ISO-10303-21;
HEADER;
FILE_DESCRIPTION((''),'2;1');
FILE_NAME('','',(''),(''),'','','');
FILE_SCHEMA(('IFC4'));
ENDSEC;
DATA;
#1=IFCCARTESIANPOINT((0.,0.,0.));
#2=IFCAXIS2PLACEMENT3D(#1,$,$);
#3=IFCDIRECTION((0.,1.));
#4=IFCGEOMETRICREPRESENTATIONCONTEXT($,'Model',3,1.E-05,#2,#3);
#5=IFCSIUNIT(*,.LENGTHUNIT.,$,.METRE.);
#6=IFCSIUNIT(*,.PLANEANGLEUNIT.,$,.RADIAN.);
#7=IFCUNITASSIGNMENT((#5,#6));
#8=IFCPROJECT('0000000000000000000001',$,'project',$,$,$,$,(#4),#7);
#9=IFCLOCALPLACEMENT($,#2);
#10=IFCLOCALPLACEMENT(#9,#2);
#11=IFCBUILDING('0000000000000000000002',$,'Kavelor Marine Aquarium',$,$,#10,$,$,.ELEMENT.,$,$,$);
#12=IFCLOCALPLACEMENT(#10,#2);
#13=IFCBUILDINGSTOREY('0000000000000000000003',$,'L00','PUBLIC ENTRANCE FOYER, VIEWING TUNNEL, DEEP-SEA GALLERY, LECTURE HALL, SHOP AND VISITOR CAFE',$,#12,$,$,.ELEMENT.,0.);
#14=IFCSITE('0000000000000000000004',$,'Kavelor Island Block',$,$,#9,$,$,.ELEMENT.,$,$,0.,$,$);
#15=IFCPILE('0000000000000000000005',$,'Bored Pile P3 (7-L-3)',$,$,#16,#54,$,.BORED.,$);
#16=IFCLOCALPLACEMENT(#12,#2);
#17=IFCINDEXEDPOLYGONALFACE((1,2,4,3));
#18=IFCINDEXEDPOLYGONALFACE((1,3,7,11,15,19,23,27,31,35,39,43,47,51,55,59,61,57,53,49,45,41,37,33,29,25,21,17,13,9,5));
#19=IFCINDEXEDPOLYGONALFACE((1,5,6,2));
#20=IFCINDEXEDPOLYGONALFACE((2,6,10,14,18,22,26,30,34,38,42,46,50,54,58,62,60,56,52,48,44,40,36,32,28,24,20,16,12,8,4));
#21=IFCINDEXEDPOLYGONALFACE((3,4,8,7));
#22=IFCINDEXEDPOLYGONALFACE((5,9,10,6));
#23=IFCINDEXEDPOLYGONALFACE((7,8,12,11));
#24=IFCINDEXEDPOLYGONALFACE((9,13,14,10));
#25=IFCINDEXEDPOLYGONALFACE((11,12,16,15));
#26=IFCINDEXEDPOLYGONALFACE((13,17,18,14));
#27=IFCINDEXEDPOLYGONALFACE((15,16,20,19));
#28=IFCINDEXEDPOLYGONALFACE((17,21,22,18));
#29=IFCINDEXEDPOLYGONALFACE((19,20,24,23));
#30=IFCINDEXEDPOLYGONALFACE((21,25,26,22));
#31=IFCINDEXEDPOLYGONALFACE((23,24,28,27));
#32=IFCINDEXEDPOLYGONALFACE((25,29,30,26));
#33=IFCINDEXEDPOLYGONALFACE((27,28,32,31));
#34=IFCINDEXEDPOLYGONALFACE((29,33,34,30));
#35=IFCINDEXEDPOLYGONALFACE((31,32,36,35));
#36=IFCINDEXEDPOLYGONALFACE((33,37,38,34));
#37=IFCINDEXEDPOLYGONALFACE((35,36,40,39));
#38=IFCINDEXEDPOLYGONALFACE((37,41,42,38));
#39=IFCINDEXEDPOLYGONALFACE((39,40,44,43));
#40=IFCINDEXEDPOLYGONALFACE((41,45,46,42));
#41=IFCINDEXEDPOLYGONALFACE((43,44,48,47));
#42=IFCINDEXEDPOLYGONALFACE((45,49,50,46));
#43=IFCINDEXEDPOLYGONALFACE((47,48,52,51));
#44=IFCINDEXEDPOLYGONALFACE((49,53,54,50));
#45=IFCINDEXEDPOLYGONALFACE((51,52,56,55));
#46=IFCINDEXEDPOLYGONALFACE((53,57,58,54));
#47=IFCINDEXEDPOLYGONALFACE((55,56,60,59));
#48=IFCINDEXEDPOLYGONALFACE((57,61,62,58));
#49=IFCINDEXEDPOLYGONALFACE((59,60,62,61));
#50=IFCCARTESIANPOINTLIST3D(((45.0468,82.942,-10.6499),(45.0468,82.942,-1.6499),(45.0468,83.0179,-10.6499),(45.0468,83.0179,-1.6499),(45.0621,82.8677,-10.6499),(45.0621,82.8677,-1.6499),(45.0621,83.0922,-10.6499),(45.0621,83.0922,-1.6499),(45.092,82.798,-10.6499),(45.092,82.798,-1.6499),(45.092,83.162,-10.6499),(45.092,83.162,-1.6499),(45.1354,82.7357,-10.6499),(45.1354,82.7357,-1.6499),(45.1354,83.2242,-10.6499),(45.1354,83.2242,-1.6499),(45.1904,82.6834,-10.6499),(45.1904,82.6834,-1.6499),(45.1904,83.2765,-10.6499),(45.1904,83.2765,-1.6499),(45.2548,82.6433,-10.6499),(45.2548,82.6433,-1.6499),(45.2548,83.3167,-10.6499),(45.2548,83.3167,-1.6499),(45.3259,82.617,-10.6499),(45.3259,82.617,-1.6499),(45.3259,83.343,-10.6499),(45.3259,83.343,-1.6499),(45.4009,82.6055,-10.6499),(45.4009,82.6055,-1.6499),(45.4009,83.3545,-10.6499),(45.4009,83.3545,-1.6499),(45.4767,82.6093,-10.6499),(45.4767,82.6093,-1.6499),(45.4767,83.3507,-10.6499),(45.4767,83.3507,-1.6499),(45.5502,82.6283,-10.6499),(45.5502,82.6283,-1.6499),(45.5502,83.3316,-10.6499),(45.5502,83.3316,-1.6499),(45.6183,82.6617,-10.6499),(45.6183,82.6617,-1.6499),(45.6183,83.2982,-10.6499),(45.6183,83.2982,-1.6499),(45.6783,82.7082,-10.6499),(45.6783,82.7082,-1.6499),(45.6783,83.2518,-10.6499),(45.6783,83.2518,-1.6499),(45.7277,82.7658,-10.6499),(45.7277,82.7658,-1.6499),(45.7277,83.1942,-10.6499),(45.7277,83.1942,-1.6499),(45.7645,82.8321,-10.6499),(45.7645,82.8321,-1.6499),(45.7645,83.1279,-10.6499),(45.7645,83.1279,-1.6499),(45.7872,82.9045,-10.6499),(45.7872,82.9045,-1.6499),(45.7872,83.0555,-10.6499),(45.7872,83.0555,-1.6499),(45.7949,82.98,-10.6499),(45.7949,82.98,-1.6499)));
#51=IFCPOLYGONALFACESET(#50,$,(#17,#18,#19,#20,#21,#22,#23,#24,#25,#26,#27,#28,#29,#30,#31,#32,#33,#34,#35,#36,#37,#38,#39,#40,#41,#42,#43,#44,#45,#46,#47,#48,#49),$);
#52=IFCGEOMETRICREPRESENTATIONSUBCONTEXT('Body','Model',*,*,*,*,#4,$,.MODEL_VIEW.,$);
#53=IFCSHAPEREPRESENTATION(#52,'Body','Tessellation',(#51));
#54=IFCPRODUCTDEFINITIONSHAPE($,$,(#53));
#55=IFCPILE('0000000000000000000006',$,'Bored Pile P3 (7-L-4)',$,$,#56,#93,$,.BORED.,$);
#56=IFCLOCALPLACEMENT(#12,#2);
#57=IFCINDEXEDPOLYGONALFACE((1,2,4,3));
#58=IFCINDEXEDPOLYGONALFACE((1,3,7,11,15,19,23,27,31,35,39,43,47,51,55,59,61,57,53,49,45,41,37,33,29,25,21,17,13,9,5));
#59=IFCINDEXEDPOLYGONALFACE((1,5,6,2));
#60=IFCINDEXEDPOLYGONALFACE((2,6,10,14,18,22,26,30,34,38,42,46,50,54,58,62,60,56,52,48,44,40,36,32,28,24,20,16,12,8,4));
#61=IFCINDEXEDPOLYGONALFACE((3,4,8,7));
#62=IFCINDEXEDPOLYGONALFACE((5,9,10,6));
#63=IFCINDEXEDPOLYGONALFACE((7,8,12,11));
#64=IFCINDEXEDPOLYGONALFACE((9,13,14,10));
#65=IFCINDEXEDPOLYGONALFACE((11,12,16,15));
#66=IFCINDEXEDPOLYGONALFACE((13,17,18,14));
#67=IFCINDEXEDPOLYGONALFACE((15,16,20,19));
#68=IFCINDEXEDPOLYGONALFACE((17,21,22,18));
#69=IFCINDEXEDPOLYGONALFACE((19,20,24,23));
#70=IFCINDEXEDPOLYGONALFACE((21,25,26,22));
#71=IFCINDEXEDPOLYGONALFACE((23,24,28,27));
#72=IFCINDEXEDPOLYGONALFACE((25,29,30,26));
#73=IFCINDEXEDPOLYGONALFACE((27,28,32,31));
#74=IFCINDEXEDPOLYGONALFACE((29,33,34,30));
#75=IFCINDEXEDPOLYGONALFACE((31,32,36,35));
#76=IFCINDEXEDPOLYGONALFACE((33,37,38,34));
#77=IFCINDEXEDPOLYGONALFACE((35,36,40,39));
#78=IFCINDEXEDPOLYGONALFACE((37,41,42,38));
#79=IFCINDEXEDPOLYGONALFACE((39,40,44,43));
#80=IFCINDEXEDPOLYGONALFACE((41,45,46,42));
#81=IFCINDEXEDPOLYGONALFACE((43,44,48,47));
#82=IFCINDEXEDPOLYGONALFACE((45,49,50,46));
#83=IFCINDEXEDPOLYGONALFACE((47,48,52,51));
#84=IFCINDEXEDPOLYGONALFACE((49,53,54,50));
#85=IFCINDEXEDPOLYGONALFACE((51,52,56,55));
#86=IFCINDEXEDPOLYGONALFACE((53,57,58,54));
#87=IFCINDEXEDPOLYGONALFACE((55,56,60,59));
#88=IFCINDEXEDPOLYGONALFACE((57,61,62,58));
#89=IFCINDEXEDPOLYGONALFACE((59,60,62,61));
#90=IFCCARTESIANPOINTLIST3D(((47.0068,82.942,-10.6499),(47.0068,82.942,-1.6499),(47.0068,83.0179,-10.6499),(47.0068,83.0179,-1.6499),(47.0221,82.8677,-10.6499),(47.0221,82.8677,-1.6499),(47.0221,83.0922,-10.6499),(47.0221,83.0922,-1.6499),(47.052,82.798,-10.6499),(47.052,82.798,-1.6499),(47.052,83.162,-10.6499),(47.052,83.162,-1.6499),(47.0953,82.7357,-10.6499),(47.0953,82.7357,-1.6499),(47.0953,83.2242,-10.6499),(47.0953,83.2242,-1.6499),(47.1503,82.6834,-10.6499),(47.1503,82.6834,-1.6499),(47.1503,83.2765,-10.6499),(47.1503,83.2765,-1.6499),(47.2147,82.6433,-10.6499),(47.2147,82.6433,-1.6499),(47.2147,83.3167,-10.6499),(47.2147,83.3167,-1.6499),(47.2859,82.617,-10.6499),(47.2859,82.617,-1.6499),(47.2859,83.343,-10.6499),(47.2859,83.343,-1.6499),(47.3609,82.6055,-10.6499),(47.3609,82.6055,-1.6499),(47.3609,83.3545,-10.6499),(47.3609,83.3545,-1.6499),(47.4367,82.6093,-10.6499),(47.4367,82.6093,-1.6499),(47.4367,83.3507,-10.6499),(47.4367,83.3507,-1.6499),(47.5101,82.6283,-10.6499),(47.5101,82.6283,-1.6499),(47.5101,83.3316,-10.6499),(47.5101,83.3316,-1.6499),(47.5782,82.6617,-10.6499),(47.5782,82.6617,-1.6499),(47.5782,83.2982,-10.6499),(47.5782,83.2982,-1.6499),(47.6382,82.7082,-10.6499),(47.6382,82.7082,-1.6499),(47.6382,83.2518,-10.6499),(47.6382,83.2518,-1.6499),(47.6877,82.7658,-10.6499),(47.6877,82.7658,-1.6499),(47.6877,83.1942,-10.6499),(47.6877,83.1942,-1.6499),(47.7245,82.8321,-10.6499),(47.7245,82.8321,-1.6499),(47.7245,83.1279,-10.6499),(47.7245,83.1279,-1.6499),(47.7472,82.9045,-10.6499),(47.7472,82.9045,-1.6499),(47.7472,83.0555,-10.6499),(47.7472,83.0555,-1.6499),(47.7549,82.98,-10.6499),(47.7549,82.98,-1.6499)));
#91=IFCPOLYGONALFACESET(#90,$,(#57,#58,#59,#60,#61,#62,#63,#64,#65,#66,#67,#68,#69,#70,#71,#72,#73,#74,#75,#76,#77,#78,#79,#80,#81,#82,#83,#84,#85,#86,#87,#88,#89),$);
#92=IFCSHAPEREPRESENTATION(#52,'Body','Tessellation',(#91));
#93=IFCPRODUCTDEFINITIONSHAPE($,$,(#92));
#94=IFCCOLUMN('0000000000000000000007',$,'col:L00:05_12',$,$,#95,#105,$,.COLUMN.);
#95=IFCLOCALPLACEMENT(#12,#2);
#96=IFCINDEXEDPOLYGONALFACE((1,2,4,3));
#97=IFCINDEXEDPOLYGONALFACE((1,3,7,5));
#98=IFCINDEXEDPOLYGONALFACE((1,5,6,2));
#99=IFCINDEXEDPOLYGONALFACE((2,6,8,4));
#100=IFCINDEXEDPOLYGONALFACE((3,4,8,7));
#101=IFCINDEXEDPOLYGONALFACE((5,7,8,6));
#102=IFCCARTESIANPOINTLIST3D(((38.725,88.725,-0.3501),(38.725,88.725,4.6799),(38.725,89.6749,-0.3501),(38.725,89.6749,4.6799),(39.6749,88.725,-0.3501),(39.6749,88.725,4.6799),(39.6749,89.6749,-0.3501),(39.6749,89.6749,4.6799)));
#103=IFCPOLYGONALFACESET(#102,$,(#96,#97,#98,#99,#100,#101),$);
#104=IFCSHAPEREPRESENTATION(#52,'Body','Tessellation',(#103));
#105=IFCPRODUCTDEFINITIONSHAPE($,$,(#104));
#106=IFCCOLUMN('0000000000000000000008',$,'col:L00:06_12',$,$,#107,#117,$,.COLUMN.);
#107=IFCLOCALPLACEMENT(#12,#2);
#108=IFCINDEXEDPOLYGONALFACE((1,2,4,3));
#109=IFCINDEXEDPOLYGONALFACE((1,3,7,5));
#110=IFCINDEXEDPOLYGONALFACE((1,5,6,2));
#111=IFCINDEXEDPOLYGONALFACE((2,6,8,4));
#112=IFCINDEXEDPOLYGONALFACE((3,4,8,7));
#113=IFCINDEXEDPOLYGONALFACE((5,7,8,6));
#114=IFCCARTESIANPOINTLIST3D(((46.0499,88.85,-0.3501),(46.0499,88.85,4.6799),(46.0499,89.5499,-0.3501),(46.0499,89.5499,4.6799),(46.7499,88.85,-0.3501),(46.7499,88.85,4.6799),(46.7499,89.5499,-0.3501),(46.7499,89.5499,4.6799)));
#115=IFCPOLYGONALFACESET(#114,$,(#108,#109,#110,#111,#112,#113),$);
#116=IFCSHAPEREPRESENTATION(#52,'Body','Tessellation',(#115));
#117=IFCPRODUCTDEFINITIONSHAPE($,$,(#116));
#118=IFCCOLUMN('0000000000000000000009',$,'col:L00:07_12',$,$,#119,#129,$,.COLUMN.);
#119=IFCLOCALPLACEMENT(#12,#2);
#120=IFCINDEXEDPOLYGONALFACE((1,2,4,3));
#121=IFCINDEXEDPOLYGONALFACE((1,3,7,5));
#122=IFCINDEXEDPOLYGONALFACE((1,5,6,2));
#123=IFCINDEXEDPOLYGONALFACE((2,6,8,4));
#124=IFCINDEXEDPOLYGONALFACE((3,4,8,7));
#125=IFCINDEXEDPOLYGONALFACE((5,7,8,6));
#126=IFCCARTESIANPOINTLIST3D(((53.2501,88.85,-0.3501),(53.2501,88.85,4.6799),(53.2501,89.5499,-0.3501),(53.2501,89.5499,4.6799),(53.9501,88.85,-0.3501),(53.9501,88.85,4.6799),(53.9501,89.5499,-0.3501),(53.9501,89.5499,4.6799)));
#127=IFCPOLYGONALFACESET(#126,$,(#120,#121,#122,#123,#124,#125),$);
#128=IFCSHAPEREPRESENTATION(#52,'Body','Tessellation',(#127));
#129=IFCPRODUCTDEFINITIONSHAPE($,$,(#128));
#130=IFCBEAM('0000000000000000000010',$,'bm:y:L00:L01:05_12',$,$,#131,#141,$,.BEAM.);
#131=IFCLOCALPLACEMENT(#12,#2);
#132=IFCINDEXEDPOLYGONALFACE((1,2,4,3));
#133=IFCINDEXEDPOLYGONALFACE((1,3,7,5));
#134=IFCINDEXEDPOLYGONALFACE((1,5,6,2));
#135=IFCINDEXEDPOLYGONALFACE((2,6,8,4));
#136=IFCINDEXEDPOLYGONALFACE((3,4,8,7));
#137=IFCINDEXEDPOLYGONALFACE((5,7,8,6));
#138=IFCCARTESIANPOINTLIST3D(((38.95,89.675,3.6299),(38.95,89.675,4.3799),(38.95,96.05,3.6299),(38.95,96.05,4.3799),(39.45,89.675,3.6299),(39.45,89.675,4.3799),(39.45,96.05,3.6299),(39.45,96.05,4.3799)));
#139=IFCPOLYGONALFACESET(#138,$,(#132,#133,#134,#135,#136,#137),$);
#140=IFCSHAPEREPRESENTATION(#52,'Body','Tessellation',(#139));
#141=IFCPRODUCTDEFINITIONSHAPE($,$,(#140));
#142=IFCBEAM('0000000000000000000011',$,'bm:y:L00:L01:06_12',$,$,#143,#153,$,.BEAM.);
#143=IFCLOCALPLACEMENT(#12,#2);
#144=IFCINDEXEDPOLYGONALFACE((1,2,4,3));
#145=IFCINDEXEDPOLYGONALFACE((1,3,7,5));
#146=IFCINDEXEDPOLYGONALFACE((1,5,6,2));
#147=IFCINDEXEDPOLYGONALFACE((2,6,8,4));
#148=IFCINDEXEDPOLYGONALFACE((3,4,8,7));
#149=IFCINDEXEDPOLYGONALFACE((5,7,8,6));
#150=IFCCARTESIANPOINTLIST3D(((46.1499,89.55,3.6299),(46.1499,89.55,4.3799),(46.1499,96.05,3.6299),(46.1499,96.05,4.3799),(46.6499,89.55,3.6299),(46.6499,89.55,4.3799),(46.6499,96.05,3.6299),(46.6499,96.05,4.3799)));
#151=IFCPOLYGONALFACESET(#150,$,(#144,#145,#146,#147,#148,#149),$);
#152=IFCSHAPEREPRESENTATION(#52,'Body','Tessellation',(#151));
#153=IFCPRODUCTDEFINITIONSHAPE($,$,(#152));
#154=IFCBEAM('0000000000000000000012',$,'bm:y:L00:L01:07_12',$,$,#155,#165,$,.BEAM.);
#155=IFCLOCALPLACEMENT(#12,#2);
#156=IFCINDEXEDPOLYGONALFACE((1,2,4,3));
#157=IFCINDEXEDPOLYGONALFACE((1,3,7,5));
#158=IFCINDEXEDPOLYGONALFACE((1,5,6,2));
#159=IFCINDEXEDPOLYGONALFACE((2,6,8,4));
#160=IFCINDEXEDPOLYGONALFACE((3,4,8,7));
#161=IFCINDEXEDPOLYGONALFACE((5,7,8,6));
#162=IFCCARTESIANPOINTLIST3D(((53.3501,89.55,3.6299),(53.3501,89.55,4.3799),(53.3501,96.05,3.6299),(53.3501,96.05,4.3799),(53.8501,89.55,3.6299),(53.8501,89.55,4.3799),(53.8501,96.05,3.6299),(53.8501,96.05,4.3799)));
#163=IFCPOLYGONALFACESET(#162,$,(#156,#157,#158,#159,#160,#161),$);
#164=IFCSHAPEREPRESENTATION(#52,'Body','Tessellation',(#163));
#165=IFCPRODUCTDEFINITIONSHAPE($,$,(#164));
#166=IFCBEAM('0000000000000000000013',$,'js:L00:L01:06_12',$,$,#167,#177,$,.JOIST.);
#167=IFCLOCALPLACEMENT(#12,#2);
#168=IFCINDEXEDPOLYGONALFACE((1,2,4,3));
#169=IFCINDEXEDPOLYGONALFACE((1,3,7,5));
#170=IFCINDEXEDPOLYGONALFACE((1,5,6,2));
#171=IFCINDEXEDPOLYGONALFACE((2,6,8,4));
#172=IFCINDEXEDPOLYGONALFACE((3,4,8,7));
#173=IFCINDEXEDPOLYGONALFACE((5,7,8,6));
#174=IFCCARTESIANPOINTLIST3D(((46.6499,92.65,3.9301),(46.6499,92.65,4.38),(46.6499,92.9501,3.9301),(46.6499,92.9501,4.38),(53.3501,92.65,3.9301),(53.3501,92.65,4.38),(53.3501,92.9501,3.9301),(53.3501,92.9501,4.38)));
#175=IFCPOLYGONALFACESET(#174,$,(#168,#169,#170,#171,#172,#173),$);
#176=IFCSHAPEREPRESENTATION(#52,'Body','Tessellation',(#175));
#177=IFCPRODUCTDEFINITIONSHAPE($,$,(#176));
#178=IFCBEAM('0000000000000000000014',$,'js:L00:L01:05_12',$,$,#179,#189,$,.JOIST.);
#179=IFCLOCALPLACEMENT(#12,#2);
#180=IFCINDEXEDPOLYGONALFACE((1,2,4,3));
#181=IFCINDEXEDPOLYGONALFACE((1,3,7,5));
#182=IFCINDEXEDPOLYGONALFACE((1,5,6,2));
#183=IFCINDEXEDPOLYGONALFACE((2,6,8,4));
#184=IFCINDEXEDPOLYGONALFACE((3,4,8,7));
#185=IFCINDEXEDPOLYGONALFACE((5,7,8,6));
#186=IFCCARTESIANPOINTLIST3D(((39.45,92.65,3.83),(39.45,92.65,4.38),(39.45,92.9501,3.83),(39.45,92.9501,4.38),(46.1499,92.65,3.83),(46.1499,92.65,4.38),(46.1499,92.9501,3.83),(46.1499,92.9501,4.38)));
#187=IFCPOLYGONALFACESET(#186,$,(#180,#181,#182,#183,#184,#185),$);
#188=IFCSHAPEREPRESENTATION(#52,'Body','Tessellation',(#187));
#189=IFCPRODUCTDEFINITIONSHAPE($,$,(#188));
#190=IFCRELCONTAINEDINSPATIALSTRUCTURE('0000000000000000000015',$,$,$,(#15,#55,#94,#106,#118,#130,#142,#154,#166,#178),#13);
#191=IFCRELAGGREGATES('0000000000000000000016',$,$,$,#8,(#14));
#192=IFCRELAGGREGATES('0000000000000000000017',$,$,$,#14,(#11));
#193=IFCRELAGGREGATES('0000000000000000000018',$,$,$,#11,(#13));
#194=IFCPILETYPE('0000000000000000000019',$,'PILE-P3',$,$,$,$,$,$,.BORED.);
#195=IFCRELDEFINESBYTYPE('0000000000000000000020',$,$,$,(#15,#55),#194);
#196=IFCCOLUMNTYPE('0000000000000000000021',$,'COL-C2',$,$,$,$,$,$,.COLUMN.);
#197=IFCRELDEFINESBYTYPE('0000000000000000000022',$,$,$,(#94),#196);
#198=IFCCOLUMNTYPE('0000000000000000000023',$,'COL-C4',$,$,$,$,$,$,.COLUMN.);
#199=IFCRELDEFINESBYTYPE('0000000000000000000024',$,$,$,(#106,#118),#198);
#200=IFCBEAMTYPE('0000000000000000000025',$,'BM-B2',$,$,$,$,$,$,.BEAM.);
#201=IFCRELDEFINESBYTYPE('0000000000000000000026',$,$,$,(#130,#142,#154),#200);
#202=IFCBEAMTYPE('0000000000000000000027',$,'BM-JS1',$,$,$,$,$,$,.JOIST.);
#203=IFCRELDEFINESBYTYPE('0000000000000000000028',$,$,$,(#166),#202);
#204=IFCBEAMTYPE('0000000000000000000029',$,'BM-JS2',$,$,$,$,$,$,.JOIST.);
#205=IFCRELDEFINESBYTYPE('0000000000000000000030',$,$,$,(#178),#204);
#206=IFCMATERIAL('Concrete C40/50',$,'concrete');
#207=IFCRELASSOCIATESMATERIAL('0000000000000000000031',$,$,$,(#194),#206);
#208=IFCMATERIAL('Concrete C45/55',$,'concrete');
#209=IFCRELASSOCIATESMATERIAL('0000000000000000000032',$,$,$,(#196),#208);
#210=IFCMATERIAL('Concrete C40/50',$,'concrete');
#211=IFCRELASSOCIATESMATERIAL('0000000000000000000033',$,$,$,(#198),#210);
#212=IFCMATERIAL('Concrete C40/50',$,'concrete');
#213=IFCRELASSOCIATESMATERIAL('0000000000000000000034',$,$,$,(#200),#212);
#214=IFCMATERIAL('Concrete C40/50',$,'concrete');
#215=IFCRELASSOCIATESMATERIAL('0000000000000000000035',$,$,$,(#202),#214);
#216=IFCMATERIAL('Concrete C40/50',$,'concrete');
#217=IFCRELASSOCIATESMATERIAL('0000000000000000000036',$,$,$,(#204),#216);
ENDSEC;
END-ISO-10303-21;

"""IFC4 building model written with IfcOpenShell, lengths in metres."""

from ifc_helpers import new_model, si_unit, direction, frame, origin, origin_2d, place, context, subcontext, project, spatial, rectangle, circle, extrude, material, material_profile, profile_set, type_object, element, save


model = new_model("IFC4")

# Units and contexts
model_context = context("Model", 3, precision=1e-05, world=origin(), true_north=direction((0.0, 1.0)))
body_context = subcontext(model_context, "Body", "Model", "MODEL_VIEW")
ifc_project = project(units=[si_unit("LENGTHUNIT", "METRE"), si_unit("PLANEANGLEUNIT", "RADIAN")], contexts=[model_context])

# Site, building, storey
site_placement = place(None, origin())
site = spatial("IfcSite", under=ifc_project, at=site_placement, Name="Kavelor Island Block", CompositionType="ELEMENT", RefElevation=0.0)
building_placement = place(site_placement, origin())
building = spatial("IfcBuilding", under=site, at=building_placement, Name="Kavelor Marine Aquarium", CompositionType="ELEMENT")
storey_placement = place(building_placement, origin())
storey = spatial("IfcBuildingStorey", under=building, at=storey_placement, Name="L00", Description="PUBLIC ENTRANCE FOYER, VIEWING TUNNEL, DEEP-SEA GALLERY, LECTURE HALL, SHOP AND VISITOR CAFE", CompositionType="ELEMENT", Elevation=0.0)

# Piles
ifc_material_1 = material(Name="Concrete C40/50", Category="concrete")
ifc_material_profile_1 = material_profile(ifc_material_1, circle(Radius=0.375, at=origin_2d()), Name="PILE D750")
ifc_profile_set_1 = profile_set([ifc_material_profile_1], Name="Concrete C40/50")
pile_type_1 = type_object("IfcPileType", Name="PILE-P3", PredefinedType="BORED", material=ifc_profile_set_1)
for number, where, z_axis, x_axis, name in (
    (1, (45.4199, 82.98, -1.6499), (0.0, 0.0, -1.0), (1.0, 0.0, 0.0), "Bored Pile P3 (7-L-3)"),
    (2, (47.3799, 82.98, -1.6499), (0.0, 0.0, -1.0), (1.0, 0.0, 0.0), "Bored Pile P3 (7-L-4)"),
):
    element("IfcPile", number, at=place(storey_placement, frame(where, z_axis=z_axis, x_axis=x_axis)), inside=storey, type_object=pile_type_1, Name=name, PredefinedType="BORED", context=body_context, shape_type="SweptSolid", body=[
        extrude(circle(Radius=0.375, at=origin_2d()), origin(), (0.0, 0.0, 1.0), 9.0),
    ])

# Columns
ifc_material_2 = material(Name="Concrete C45/55", Category="concrete")
ifc_material_profile_2 = material_profile(ifc_material_2, rectangle(XDim=0.95, YDim=0.95, at=origin_2d()), Name="RC-COL 950x950")
ifc_profile_set_2 = profile_set([ifc_material_profile_2], Name="Concrete C45/55")
column_type_1 = type_object("IfcColumnType", Name="COL-C2", PredefinedType="COLUMN", material=ifc_profile_set_2)
column_placement = place(storey_placement, frame((39.2, 89.2, -0.3501), z_axis=(0.0, 0.0, 1.0), x_axis=(1.0, 0.0, 0.0)))
element("IfcColumn", 3, at=column_placement, inside=storey, type_object=column_type_1, Name="col:L00:05_12", PredefinedType="COLUMN", context=body_context, shape_type="SweptSolid", body=[
    extrude(rectangle(XDim=0.95, YDim=0.95, at=origin_2d()), origin(), (0.0, 0.0, 1.0), 5.03),
])
ifc_material_3 = material(Name="Concrete C40/50", Category="concrete")
ifc_material_profile_3 = material_profile(ifc_material_3, rectangle(XDim=0.7, YDim=0.7, at=origin_2d()), Name="RC-COL 700x700")
ifc_profile_set_3 = profile_set([ifc_material_profile_3], Name="Concrete C40/50")
column_type_2 = type_object("IfcColumnType", Name="COL-C4", PredefinedType="COLUMN", material=ifc_profile_set_3)
for number, where, z_axis, x_axis, name in (
    (4, (46.3999, 89.2, -0.3501), (0.0, 0.0, 1.0), (1.0, 0.0, 0.0), "col:L00:06_12"),
    (5, (53.6001, 89.2, -0.3501), (0.0, 0.0, 1.0), (1.0, 0.0, 0.0), "col:L00:07_12"),
):
    element("IfcColumn", number, at=place(storey_placement, frame(where, z_axis=z_axis, x_axis=x_axis)), inside=storey, type_object=column_type_2, Name=name, PredefinedType="COLUMN", context=body_context, shape_type="SweptSolid", body=[
        extrude(rectangle(XDim=0.7, YDim=0.7, at=origin_2d()), origin(), (0.0, 0.0, 1.0), 5.03),
    ])

# Beams
ifc_material_4 = material(Name="Concrete C40/50", Category="concrete")
ifc_material_profile_4 = material_profile(ifc_material_4, rectangle(XDim=0.5, YDim=0.75, at=origin_2d()), Name="RC-BM 500x750")
ifc_profile_set_4 = profile_set([ifc_material_profile_4], Name="Concrete C40/50")
beam_type_1 = type_object("IfcBeamType", Name="BM-B2", PredefinedType="BEAM", material=ifc_profile_set_4)
beam_1_placement = place(storey_placement, frame((39.2, 89.675, 4.0049), z_axis=(0.0, 1.0, 0.0), x_axis=(-1.0, 0.0, 0.0)))
element("IfcBeam", 6, at=beam_1_placement, inside=storey, type_object=beam_type_1, Name="bm:y:L00:L01:05_12", PredefinedType="BEAM", context=body_context, shape_type="SweptSolid", body=[
    extrude(rectangle(XDim=0.5, YDim=0.75, at=origin_2d()), origin(), (0.0, 0.0, 1.0), 6.375),
])
for number, where, z_axis, x_axis, name in (
    (7, (46.3999, 89.55, 4.0049), (0.0, 1.0, 0.0), (-1.0, 0.0, 0.0), "bm:y:L00:L01:06_12"),
    (8, (53.6001, 89.55, 4.0049), (0.0, 1.0, 0.0), (-1.0, 0.0, 0.0), "bm:y:L00:L01:07_12"),
):
    element("IfcBeam", number, at=place(storey_placement, frame(where, z_axis=z_axis, x_axis=x_axis)), inside=storey, type_object=beam_type_1, Name=name, PredefinedType="BEAM", context=body_context, shape_type="SweptSolid", body=[
        extrude(rectangle(XDim=0.5, YDim=0.75, at=origin_2d()), origin(), (0.0, 0.0, 1.0), 6.5),
    ])
ifc_material_5 = material(Name="Concrete C40/50", Category="concrete")
ifc_material_profile_5 = material_profile(ifc_material_5, rectangle(XDim=0.3, YDim=0.45, at=origin_2d()), Name="RC-JS 300x450")
ifc_profile_set_5 = profile_set([ifc_material_profile_5], Name="Concrete C40/50")
beam_type_2 = type_object("IfcBeamType", Name="BM-JS1", PredefinedType="JOIST", material=ifc_profile_set_5)
beam_2_placement = place(storey_placement, frame((46.6499, 92.8, 4.155), z_axis=(1.0, 0.0, 0.0), x_axis=(0.0, 1.0, 0.0)))
element("IfcBeam", 9, at=beam_2_placement, inside=storey, type_object=beam_type_2, Name="js:L00:L01:06_12", PredefinedType="JOIST", context=body_context, shape_type="SweptSolid", body=[
    extrude(rectangle(XDim=0.3, YDim=0.45, at=origin_2d()), origin(), (0.0, 0.0, 1.0), 6.7002),
])
ifc_material_6 = material(Name="Concrete C40/50", Category="concrete")
ifc_material_profile_6 = material_profile(ifc_material_6, rectangle(XDim=0.3, YDim=0.55, at=origin_2d()), Name="RC-JS 300x550")
ifc_profile_set_6 = profile_set([ifc_material_profile_6], Name="Concrete C40/50")
beam_type_3 = type_object("IfcBeamType", Name="BM-JS2", PredefinedType="JOIST", material=ifc_profile_set_6)
for number, where, z_axis, x_axis, name in (
    (10, (39.45, 92.8, 4.105), (1.0, 0.0, 0.0), (0.0, 1.0, 0.0), "js:L00:L01:05_12"),
):
    element("IfcBeam", number, at=place(storey_placement, frame(where, z_axis=z_axis, x_axis=x_axis)), inside=storey, type_object=beam_type_3, Name=name, PredefinedType="JOIST", context=body_context, shape_type="SweptSolid", body=[
        extrude(rectangle(XDim=0.3, YDim=0.55, at=origin_2d()), origin(), (0.0, 0.0, 1.0), 6.7),
    ])

save(model, "model.ifc")
